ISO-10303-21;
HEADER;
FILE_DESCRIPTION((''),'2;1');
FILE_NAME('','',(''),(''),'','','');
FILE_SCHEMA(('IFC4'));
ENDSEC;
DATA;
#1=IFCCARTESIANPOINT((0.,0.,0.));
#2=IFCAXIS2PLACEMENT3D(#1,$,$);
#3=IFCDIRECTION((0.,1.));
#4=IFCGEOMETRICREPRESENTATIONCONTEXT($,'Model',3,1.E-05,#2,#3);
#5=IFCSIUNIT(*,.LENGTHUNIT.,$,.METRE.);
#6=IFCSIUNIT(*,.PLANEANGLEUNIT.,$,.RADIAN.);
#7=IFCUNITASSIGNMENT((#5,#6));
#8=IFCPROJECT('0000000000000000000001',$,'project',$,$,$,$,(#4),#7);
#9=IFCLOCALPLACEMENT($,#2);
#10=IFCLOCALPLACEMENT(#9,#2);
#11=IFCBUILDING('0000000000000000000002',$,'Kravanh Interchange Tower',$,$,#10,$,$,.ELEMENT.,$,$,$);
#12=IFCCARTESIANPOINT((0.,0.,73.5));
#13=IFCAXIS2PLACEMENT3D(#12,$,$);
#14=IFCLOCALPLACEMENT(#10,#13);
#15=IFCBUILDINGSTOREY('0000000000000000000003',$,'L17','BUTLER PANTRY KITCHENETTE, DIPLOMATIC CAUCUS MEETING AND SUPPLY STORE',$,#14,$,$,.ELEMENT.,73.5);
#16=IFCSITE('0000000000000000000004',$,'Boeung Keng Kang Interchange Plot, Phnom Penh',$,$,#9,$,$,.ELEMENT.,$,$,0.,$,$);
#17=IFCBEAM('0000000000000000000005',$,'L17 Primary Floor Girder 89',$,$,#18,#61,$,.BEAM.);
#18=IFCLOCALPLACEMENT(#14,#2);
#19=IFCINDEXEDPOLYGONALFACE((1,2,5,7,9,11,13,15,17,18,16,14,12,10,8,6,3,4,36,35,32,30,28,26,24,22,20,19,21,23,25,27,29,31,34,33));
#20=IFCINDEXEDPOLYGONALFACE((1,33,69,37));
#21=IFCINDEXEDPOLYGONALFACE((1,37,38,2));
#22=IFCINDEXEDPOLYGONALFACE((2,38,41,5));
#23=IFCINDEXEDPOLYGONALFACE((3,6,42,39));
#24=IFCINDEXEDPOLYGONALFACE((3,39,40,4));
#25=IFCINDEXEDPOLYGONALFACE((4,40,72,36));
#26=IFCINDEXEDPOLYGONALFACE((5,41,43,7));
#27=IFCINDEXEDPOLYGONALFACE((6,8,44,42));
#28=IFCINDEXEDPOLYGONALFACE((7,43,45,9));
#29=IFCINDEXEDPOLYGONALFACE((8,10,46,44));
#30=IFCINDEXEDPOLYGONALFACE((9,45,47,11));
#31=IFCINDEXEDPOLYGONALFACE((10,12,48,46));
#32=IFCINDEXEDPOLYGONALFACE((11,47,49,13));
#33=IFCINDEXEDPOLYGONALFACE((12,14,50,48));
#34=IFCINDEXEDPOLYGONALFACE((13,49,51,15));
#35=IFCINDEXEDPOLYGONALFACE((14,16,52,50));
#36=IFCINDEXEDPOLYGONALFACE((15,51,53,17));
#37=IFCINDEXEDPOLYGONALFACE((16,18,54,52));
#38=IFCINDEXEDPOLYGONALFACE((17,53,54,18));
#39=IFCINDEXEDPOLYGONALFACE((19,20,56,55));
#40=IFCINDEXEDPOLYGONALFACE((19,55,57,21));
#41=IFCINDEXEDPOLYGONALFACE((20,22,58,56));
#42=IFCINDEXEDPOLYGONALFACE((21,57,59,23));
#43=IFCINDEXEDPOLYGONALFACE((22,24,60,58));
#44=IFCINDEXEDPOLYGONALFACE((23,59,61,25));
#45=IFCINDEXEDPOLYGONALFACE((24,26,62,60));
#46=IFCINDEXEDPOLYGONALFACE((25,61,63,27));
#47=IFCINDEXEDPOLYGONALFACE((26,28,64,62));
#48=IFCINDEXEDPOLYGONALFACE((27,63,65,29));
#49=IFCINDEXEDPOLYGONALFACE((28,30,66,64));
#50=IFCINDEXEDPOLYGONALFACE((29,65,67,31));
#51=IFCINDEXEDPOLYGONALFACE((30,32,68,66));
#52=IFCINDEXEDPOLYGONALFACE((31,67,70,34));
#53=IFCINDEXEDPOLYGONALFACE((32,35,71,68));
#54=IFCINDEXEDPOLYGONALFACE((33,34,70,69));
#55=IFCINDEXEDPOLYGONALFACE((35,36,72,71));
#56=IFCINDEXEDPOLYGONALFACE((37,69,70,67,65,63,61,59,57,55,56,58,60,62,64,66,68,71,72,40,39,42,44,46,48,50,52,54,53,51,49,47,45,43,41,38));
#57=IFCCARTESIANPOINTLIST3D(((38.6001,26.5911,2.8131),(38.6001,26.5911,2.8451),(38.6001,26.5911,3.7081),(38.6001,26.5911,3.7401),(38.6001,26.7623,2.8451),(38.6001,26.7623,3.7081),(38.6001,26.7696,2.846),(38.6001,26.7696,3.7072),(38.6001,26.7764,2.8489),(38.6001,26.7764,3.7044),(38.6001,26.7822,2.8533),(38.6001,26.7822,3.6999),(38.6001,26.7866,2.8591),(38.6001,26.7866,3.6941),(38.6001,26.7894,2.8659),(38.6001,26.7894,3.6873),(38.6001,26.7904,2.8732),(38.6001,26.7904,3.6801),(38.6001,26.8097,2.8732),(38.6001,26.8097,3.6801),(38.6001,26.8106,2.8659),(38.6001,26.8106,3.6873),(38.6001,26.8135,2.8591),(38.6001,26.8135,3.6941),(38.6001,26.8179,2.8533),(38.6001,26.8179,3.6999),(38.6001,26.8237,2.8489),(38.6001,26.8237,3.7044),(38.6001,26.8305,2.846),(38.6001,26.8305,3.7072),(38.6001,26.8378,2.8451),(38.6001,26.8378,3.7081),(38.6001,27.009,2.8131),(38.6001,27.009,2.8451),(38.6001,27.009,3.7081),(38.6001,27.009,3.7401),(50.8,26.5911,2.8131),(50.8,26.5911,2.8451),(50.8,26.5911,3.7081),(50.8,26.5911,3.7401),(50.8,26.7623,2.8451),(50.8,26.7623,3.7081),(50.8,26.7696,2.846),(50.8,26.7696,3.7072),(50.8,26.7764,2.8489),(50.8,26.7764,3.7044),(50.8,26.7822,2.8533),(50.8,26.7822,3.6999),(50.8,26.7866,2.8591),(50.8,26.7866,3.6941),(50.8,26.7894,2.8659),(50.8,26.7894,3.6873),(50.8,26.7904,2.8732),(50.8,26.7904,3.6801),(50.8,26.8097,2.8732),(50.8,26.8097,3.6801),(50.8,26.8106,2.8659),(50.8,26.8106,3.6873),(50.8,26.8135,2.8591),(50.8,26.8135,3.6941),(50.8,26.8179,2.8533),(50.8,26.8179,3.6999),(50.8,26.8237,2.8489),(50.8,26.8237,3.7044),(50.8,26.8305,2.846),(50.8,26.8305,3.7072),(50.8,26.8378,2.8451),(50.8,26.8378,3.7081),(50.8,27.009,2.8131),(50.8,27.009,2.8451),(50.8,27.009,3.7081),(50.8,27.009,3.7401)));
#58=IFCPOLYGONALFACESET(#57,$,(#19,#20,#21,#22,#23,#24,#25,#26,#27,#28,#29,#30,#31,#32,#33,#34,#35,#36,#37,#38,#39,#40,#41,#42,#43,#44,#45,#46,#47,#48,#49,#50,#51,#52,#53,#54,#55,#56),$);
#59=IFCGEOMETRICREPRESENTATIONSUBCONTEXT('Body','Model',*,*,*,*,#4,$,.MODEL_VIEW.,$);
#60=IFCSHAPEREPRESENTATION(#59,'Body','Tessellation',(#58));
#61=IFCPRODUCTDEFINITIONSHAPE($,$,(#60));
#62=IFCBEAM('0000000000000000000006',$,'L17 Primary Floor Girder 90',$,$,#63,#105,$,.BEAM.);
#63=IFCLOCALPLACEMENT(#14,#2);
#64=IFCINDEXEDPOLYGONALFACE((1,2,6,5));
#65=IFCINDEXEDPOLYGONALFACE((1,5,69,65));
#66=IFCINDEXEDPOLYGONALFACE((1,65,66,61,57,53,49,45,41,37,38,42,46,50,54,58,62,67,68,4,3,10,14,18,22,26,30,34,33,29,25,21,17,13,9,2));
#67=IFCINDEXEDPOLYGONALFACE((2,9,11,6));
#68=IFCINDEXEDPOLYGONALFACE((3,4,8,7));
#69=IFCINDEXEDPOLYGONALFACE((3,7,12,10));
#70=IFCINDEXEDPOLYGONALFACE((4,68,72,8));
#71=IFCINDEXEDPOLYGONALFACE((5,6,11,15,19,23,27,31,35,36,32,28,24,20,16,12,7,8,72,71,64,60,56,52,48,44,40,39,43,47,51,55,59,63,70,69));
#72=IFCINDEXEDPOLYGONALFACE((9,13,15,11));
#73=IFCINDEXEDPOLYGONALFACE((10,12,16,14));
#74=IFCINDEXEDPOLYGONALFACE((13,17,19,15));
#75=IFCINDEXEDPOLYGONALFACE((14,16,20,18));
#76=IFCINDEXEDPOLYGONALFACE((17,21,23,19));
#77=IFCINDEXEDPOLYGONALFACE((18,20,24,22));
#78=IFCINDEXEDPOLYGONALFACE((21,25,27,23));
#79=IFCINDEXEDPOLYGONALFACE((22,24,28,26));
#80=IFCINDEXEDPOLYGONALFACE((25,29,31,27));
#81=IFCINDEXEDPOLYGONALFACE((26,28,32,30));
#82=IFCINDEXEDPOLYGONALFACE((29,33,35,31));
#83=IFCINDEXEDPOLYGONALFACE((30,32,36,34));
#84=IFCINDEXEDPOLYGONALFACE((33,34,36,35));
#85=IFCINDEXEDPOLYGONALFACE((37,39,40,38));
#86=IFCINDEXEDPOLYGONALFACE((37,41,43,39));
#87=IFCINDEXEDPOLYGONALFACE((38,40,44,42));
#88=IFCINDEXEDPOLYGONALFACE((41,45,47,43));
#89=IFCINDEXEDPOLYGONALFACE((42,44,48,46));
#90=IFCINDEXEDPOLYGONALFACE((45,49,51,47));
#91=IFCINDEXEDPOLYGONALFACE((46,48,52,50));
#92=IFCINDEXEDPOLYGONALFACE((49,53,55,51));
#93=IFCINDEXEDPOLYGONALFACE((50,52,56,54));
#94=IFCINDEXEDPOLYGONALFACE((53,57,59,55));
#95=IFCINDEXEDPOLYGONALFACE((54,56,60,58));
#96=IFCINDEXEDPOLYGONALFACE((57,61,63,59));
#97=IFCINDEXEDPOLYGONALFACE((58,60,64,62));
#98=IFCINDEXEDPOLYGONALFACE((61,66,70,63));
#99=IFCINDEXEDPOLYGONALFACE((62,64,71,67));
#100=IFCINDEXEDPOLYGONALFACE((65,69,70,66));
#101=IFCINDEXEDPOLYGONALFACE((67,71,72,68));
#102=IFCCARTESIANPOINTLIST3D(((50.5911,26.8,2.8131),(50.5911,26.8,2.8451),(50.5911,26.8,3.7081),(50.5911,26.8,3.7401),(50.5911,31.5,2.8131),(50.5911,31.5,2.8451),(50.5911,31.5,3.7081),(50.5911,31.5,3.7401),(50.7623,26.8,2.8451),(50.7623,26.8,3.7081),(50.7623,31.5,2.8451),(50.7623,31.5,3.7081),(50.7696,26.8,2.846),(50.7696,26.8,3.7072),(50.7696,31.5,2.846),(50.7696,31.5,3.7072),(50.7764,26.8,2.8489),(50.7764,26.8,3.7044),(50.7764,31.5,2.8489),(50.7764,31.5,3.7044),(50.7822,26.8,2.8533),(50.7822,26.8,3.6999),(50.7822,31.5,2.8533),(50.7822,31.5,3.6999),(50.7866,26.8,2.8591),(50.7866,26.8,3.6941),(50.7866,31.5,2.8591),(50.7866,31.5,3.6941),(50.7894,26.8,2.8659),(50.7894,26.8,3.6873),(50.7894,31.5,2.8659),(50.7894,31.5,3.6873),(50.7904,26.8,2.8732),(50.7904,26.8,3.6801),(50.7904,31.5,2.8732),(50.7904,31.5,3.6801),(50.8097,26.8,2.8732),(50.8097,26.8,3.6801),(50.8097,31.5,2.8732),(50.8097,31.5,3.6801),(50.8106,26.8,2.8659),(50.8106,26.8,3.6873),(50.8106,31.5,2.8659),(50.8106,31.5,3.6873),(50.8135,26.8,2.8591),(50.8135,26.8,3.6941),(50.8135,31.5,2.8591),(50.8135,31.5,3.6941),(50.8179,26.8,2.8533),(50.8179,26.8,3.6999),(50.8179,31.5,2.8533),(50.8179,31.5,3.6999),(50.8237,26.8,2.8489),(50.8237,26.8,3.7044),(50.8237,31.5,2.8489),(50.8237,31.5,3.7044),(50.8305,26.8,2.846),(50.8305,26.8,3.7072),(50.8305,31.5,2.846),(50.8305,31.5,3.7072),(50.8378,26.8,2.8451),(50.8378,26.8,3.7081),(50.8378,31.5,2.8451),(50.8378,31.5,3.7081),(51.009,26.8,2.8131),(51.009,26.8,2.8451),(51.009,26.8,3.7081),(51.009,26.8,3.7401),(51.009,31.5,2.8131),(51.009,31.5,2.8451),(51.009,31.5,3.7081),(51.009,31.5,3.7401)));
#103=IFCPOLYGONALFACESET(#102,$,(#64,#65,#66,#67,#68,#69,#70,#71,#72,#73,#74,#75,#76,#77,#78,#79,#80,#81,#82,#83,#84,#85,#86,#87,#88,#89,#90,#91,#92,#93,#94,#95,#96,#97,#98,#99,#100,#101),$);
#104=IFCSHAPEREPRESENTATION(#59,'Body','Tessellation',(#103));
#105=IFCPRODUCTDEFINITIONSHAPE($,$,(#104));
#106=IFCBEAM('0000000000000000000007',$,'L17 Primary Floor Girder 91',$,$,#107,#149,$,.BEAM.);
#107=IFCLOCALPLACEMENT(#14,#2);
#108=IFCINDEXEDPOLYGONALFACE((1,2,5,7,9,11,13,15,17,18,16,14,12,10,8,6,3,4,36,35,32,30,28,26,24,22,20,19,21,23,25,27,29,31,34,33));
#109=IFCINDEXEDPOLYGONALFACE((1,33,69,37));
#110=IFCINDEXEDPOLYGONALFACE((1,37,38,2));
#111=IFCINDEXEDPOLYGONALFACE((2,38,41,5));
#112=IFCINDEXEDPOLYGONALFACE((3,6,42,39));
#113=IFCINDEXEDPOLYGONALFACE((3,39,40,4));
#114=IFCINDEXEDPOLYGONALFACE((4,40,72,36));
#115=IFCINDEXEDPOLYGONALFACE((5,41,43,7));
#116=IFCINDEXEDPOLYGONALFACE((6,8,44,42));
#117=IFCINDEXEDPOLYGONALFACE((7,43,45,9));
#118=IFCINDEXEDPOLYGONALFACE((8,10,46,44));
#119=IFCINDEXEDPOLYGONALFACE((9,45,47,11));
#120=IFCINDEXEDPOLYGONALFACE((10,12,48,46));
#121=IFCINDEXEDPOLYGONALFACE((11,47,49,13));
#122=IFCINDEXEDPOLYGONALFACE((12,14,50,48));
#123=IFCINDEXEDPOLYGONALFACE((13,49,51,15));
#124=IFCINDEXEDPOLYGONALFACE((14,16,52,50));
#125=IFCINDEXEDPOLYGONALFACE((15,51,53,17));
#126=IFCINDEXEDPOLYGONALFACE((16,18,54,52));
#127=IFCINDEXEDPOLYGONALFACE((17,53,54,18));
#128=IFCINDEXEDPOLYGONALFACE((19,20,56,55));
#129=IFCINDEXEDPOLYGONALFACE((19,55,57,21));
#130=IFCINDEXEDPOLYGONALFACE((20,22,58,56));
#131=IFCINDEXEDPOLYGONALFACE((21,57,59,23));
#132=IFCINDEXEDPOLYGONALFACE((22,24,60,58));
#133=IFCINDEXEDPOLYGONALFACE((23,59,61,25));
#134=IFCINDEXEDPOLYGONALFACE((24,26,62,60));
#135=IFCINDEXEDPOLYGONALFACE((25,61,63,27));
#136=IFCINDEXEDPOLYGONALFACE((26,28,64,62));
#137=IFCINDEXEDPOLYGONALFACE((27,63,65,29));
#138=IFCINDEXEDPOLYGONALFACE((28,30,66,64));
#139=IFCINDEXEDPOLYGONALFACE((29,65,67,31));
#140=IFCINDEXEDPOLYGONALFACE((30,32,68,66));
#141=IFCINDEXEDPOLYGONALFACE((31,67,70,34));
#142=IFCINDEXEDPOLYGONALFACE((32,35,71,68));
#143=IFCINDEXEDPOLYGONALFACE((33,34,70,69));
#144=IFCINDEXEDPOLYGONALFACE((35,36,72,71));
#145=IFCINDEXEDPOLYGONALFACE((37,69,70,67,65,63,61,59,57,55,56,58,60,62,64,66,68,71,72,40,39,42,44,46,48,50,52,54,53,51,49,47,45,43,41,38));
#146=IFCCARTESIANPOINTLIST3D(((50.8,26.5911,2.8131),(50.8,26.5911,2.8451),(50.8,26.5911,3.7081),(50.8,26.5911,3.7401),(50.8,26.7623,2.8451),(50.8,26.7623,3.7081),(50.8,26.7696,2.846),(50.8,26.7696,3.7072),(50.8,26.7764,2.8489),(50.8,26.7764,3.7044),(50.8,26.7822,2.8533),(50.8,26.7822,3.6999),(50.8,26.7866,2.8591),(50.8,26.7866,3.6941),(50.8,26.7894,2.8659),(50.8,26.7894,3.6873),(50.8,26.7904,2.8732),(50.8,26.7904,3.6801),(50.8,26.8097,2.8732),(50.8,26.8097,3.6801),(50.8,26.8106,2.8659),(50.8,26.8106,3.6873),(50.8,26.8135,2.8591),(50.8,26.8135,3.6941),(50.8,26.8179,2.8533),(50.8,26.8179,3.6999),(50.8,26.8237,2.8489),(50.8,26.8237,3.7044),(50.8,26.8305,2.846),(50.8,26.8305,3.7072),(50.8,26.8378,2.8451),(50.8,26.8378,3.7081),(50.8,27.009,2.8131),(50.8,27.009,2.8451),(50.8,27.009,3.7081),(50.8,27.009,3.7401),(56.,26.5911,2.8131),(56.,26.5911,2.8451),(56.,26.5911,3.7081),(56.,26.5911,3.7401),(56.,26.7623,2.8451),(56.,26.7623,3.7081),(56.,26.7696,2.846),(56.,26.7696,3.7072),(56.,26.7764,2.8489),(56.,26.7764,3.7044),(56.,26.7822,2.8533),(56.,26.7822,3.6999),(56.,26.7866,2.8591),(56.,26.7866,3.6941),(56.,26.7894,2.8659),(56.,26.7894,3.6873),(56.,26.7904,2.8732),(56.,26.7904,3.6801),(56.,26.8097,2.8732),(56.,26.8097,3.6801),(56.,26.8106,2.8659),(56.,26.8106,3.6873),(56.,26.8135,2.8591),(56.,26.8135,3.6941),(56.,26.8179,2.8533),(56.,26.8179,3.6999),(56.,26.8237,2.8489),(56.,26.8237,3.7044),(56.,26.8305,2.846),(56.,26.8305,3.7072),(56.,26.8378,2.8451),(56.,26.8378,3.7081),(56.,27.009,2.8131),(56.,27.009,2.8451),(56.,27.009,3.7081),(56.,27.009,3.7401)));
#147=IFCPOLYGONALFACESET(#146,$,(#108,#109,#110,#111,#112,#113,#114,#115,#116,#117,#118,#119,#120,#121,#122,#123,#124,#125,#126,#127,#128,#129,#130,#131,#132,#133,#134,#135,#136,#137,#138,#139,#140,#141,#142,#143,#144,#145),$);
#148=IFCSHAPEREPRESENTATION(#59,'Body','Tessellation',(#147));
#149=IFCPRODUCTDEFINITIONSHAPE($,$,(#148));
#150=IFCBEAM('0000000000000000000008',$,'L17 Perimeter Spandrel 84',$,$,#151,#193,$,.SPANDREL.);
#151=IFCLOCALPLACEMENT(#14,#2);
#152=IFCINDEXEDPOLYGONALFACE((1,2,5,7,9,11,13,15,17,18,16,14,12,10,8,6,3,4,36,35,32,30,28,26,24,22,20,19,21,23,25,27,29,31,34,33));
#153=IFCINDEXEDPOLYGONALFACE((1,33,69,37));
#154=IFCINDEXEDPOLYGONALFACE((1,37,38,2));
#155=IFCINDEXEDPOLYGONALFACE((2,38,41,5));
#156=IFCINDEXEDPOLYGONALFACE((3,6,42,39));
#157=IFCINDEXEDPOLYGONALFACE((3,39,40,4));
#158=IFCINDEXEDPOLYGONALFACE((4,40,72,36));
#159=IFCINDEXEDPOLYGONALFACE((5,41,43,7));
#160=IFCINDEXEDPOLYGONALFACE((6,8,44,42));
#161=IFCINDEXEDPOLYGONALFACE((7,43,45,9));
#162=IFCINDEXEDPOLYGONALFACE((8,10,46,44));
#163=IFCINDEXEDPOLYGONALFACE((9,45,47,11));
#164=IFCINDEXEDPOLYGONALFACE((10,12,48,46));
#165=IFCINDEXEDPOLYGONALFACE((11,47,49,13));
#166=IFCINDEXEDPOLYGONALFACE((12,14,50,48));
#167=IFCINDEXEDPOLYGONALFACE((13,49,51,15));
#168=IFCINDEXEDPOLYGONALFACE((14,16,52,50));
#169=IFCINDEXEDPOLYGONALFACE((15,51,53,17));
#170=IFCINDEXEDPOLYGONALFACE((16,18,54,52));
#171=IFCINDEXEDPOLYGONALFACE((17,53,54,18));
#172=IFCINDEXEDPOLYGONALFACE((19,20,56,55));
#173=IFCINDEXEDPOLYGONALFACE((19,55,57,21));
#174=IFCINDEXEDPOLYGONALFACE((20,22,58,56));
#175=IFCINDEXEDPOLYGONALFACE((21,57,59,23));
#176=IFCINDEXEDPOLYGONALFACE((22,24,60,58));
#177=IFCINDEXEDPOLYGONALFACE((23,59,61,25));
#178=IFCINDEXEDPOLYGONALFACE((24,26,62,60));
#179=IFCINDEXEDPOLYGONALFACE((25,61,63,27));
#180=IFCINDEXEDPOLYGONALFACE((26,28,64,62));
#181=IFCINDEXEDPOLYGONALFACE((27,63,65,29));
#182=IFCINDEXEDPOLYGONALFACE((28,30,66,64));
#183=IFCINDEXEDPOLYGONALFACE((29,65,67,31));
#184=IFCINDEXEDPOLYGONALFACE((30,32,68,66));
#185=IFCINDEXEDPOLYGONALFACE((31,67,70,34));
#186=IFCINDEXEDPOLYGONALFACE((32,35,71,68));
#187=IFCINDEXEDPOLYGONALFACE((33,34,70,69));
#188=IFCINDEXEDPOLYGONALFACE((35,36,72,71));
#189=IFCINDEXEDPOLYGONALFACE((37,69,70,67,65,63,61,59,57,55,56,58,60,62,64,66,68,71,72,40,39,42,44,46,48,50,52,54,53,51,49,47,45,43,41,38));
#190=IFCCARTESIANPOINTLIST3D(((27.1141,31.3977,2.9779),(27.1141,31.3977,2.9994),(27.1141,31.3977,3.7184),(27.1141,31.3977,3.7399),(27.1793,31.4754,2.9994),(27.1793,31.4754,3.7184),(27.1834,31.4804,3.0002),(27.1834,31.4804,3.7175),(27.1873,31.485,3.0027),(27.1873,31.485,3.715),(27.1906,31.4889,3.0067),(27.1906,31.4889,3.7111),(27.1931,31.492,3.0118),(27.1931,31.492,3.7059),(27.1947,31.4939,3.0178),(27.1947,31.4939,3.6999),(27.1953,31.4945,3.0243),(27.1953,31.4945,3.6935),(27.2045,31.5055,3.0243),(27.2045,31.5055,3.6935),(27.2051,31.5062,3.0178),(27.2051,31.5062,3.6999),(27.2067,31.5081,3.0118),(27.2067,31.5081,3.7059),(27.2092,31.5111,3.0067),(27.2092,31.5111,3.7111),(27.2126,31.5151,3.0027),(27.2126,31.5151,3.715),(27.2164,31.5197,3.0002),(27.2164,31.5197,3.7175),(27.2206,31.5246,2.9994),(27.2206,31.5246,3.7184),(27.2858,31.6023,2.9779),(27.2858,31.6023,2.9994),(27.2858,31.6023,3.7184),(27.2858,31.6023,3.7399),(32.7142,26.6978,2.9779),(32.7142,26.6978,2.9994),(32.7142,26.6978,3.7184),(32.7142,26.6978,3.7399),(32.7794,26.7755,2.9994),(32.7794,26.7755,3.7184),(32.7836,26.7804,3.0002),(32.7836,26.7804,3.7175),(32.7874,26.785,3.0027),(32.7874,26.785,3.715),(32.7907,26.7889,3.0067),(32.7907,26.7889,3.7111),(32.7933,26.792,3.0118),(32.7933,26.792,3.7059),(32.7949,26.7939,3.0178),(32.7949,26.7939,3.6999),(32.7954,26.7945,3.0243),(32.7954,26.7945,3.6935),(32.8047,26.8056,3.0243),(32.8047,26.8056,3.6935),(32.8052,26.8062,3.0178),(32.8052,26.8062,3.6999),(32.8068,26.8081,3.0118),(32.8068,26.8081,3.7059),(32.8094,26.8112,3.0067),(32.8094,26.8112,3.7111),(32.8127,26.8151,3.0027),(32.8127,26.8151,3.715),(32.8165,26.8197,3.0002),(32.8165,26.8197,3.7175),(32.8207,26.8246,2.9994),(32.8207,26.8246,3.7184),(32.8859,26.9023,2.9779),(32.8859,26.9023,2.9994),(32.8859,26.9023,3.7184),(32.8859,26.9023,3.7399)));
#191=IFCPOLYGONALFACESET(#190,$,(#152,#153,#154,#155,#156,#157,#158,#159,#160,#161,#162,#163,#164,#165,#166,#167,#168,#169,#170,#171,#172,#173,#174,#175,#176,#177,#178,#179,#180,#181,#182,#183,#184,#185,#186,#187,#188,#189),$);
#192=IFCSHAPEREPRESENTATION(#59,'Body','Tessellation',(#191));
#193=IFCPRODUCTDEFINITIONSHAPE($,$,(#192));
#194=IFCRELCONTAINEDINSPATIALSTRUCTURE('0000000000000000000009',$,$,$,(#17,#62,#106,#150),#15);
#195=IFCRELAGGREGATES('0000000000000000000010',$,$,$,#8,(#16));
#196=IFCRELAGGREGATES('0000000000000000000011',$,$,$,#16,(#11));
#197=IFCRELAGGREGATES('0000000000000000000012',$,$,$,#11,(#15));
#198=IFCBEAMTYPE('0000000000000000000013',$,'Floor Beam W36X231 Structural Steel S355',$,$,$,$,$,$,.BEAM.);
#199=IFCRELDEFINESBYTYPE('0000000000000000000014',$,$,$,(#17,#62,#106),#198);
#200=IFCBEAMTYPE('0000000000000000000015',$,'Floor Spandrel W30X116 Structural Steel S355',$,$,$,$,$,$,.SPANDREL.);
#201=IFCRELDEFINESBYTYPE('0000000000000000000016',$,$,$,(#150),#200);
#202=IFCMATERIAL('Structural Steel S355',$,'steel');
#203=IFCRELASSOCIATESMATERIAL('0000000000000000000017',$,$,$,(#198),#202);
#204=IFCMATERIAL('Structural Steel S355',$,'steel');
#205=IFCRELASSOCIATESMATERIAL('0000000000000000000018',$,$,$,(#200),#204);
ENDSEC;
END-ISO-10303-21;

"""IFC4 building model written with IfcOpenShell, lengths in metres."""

from ifc_helpers import new_model, si_unit, direction, frame, origin, origin_2d, place, context, subcontext, project, spatial, i_section, extrude, material, material_profile, profile_set, type_object, element, save


model = new_model("IFC4")

# Units and contexts
model_context = context("Model", 3, precision=1e-05, world=origin(), true_north=direction((0.0, 1.0)))
body_context = subcontext(model_context, "Body", "Model", "MODEL_VIEW")
ifc_project = project(units=[si_unit("LENGTHUNIT", "METRE"), si_unit("PLANEANGLEUNIT", "RADIAN")], contexts=[model_context])

# Site, building, storey
site_placement = place(None, origin())
site = spatial("IfcSite", under=ifc_project, at=site_placement, Name="Boeung Keng Kang Interchange Plot, Phnom Penh", CompositionType="ELEMENT", RefElevation=0.0)
building_placement = place(site_placement, origin())
building = spatial("IfcBuilding", under=site, at=building_placement, Name="Kravanh Interchange Tower", CompositionType="ELEMENT")
storey_placement = place(building_placement, frame((0.0, 0.0, 73.5)))
storey = spatial("IfcBuildingStorey", under=building, at=storey_placement, Name="L17", Description="BUTLER PANTRY KITCHENETTE, DIPLOMATIC CAUCUS MEETING AND SUPPLY STORE", CompositionType="ELEMENT", Elevation=73.5)

# Beams
ifc_material_1 = material(Name="Structural Steel S355", Category="steel")
ifc_material_profile_1 = material_profile(ifc_material_1, i_section(OverallWidth=0.418, OverallDepth=0.927, WebThickness=0.0193, FlangeThickness=0.032, FilletRadius=0.0281, at=origin_2d()), Name="W36X231")
ifc_profile_set_1 = profile_set([ifc_material_profile_1], Name="Structural Steel S355")
beam_type_1 = type_object("IfcBeamType", Name="Floor Beam W36X231 Structural Steel S355", PredefinedType="BEAM", material=ifc_profile_set_1)
beam_1_placement = place(storey_placement, frame((38.6001, 26.8, 3.2766), z_axis=(1.0, 0.0, 0.0), x_axis=(0.0, 1.0, 0.0)))
element("IfcBeam", 1, at=beam_1_placement, inside=storey, type_object=beam_type_1, Name="L17 Primary Floor Girder 89", PredefinedType="BEAM", context=body_context, shape_type="SweptSolid", body=[
    extrude(i_section(OverallWidth=0.418, OverallDepth=0.927, WebThickness=0.0193, FlangeThickness=0.032, FilletRadius=0.0281, at=origin_2d()), origin(), (0.0, 0.0, 1.0), 12.2),
])
beam_2_placement = place(storey_placement, frame((50.8, 26.8, 3.2766), z_axis=(0.0, 1.0, 0.0), x_axis=(-1.0, 0.0, 0.0)))
element("IfcBeam", 2, at=beam_2_placement, inside=storey, type_object=beam_type_1, Name="L17 Primary Floor Girder 90", PredefinedType="BEAM", context=body_context, shape_type="SweptSolid", body=[
    extrude(i_section(OverallWidth=0.418, OverallDepth=0.927, WebThickness=0.0193, FlangeThickness=0.032, FilletRadius=0.0281, at=origin_2d()), origin(), (0.0, 0.0, 1.0), 4.7),
])
beam_3_placement = place(storey_placement, frame((50.8, 26.8, 3.2766), z_axis=(1.0, 0.0, 0.0), x_axis=(0.0, 1.0, 0.0)))
element("IfcBeam", 3, at=beam_3_placement, inside=storey, type_object=beam_type_1, Name="L17 Primary Floor Girder 91", PredefinedType="BEAM", context=body_context, shape_type="SweptSolid", body=[
    extrude(i_section(OverallWidth=0.418, OverallDepth=0.927, WebThickness=0.0193, FlangeThickness=0.032, FilletRadius=0.0281, at=origin_2d()), origin(), (0.0, 0.0, 1.0), 5.2),
])
ifc_material_2 = material(Name="Structural Steel S355", Category="steel")
ifc_material_profile_2 = material_profile(ifc_material_2, i_section(OverallWidth=0.2671, OverallDepth=0.762, WebThickness=0.0144, FlangeThickness=0.0215, FilletRadius=0.0249, at=origin_2d()), Name="W30X116")
ifc_profile_set_2 = profile_set([ifc_material_profile_2], Name="Structural Steel S355")
beam_type_2 = type_object("IfcBeamType", Name="Floor Spandrel W30X116 Structural Steel S355", PredefinedType="SPANDREL", material=ifc_profile_set_2)
beam_4_placement = place(storey_placement, frame((32.8, 26.8, 3.3589), z_axis=(-0.765983, 0.642861, 0.0), x_axis=(-0.642861, -0.765983, 0.0)))
element("IfcBeam", 4, at=beam_4_placement, inside=storey, type_object=beam_type_2, Name="L17 Perimeter Spandrel 84", PredefinedType="SPANDREL", context=body_context, shape_type="SweptSolid", body=[
    extrude(i_section(OverallWidth=0.2671, OverallDepth=0.762, WebThickness=0.0144, FlangeThickness=0.0215, FilletRadius=0.0249, at=origin_2d()), origin(), (0.0, 0.0, 1.0), 7.311),
])

save(model, "model.ifc")
